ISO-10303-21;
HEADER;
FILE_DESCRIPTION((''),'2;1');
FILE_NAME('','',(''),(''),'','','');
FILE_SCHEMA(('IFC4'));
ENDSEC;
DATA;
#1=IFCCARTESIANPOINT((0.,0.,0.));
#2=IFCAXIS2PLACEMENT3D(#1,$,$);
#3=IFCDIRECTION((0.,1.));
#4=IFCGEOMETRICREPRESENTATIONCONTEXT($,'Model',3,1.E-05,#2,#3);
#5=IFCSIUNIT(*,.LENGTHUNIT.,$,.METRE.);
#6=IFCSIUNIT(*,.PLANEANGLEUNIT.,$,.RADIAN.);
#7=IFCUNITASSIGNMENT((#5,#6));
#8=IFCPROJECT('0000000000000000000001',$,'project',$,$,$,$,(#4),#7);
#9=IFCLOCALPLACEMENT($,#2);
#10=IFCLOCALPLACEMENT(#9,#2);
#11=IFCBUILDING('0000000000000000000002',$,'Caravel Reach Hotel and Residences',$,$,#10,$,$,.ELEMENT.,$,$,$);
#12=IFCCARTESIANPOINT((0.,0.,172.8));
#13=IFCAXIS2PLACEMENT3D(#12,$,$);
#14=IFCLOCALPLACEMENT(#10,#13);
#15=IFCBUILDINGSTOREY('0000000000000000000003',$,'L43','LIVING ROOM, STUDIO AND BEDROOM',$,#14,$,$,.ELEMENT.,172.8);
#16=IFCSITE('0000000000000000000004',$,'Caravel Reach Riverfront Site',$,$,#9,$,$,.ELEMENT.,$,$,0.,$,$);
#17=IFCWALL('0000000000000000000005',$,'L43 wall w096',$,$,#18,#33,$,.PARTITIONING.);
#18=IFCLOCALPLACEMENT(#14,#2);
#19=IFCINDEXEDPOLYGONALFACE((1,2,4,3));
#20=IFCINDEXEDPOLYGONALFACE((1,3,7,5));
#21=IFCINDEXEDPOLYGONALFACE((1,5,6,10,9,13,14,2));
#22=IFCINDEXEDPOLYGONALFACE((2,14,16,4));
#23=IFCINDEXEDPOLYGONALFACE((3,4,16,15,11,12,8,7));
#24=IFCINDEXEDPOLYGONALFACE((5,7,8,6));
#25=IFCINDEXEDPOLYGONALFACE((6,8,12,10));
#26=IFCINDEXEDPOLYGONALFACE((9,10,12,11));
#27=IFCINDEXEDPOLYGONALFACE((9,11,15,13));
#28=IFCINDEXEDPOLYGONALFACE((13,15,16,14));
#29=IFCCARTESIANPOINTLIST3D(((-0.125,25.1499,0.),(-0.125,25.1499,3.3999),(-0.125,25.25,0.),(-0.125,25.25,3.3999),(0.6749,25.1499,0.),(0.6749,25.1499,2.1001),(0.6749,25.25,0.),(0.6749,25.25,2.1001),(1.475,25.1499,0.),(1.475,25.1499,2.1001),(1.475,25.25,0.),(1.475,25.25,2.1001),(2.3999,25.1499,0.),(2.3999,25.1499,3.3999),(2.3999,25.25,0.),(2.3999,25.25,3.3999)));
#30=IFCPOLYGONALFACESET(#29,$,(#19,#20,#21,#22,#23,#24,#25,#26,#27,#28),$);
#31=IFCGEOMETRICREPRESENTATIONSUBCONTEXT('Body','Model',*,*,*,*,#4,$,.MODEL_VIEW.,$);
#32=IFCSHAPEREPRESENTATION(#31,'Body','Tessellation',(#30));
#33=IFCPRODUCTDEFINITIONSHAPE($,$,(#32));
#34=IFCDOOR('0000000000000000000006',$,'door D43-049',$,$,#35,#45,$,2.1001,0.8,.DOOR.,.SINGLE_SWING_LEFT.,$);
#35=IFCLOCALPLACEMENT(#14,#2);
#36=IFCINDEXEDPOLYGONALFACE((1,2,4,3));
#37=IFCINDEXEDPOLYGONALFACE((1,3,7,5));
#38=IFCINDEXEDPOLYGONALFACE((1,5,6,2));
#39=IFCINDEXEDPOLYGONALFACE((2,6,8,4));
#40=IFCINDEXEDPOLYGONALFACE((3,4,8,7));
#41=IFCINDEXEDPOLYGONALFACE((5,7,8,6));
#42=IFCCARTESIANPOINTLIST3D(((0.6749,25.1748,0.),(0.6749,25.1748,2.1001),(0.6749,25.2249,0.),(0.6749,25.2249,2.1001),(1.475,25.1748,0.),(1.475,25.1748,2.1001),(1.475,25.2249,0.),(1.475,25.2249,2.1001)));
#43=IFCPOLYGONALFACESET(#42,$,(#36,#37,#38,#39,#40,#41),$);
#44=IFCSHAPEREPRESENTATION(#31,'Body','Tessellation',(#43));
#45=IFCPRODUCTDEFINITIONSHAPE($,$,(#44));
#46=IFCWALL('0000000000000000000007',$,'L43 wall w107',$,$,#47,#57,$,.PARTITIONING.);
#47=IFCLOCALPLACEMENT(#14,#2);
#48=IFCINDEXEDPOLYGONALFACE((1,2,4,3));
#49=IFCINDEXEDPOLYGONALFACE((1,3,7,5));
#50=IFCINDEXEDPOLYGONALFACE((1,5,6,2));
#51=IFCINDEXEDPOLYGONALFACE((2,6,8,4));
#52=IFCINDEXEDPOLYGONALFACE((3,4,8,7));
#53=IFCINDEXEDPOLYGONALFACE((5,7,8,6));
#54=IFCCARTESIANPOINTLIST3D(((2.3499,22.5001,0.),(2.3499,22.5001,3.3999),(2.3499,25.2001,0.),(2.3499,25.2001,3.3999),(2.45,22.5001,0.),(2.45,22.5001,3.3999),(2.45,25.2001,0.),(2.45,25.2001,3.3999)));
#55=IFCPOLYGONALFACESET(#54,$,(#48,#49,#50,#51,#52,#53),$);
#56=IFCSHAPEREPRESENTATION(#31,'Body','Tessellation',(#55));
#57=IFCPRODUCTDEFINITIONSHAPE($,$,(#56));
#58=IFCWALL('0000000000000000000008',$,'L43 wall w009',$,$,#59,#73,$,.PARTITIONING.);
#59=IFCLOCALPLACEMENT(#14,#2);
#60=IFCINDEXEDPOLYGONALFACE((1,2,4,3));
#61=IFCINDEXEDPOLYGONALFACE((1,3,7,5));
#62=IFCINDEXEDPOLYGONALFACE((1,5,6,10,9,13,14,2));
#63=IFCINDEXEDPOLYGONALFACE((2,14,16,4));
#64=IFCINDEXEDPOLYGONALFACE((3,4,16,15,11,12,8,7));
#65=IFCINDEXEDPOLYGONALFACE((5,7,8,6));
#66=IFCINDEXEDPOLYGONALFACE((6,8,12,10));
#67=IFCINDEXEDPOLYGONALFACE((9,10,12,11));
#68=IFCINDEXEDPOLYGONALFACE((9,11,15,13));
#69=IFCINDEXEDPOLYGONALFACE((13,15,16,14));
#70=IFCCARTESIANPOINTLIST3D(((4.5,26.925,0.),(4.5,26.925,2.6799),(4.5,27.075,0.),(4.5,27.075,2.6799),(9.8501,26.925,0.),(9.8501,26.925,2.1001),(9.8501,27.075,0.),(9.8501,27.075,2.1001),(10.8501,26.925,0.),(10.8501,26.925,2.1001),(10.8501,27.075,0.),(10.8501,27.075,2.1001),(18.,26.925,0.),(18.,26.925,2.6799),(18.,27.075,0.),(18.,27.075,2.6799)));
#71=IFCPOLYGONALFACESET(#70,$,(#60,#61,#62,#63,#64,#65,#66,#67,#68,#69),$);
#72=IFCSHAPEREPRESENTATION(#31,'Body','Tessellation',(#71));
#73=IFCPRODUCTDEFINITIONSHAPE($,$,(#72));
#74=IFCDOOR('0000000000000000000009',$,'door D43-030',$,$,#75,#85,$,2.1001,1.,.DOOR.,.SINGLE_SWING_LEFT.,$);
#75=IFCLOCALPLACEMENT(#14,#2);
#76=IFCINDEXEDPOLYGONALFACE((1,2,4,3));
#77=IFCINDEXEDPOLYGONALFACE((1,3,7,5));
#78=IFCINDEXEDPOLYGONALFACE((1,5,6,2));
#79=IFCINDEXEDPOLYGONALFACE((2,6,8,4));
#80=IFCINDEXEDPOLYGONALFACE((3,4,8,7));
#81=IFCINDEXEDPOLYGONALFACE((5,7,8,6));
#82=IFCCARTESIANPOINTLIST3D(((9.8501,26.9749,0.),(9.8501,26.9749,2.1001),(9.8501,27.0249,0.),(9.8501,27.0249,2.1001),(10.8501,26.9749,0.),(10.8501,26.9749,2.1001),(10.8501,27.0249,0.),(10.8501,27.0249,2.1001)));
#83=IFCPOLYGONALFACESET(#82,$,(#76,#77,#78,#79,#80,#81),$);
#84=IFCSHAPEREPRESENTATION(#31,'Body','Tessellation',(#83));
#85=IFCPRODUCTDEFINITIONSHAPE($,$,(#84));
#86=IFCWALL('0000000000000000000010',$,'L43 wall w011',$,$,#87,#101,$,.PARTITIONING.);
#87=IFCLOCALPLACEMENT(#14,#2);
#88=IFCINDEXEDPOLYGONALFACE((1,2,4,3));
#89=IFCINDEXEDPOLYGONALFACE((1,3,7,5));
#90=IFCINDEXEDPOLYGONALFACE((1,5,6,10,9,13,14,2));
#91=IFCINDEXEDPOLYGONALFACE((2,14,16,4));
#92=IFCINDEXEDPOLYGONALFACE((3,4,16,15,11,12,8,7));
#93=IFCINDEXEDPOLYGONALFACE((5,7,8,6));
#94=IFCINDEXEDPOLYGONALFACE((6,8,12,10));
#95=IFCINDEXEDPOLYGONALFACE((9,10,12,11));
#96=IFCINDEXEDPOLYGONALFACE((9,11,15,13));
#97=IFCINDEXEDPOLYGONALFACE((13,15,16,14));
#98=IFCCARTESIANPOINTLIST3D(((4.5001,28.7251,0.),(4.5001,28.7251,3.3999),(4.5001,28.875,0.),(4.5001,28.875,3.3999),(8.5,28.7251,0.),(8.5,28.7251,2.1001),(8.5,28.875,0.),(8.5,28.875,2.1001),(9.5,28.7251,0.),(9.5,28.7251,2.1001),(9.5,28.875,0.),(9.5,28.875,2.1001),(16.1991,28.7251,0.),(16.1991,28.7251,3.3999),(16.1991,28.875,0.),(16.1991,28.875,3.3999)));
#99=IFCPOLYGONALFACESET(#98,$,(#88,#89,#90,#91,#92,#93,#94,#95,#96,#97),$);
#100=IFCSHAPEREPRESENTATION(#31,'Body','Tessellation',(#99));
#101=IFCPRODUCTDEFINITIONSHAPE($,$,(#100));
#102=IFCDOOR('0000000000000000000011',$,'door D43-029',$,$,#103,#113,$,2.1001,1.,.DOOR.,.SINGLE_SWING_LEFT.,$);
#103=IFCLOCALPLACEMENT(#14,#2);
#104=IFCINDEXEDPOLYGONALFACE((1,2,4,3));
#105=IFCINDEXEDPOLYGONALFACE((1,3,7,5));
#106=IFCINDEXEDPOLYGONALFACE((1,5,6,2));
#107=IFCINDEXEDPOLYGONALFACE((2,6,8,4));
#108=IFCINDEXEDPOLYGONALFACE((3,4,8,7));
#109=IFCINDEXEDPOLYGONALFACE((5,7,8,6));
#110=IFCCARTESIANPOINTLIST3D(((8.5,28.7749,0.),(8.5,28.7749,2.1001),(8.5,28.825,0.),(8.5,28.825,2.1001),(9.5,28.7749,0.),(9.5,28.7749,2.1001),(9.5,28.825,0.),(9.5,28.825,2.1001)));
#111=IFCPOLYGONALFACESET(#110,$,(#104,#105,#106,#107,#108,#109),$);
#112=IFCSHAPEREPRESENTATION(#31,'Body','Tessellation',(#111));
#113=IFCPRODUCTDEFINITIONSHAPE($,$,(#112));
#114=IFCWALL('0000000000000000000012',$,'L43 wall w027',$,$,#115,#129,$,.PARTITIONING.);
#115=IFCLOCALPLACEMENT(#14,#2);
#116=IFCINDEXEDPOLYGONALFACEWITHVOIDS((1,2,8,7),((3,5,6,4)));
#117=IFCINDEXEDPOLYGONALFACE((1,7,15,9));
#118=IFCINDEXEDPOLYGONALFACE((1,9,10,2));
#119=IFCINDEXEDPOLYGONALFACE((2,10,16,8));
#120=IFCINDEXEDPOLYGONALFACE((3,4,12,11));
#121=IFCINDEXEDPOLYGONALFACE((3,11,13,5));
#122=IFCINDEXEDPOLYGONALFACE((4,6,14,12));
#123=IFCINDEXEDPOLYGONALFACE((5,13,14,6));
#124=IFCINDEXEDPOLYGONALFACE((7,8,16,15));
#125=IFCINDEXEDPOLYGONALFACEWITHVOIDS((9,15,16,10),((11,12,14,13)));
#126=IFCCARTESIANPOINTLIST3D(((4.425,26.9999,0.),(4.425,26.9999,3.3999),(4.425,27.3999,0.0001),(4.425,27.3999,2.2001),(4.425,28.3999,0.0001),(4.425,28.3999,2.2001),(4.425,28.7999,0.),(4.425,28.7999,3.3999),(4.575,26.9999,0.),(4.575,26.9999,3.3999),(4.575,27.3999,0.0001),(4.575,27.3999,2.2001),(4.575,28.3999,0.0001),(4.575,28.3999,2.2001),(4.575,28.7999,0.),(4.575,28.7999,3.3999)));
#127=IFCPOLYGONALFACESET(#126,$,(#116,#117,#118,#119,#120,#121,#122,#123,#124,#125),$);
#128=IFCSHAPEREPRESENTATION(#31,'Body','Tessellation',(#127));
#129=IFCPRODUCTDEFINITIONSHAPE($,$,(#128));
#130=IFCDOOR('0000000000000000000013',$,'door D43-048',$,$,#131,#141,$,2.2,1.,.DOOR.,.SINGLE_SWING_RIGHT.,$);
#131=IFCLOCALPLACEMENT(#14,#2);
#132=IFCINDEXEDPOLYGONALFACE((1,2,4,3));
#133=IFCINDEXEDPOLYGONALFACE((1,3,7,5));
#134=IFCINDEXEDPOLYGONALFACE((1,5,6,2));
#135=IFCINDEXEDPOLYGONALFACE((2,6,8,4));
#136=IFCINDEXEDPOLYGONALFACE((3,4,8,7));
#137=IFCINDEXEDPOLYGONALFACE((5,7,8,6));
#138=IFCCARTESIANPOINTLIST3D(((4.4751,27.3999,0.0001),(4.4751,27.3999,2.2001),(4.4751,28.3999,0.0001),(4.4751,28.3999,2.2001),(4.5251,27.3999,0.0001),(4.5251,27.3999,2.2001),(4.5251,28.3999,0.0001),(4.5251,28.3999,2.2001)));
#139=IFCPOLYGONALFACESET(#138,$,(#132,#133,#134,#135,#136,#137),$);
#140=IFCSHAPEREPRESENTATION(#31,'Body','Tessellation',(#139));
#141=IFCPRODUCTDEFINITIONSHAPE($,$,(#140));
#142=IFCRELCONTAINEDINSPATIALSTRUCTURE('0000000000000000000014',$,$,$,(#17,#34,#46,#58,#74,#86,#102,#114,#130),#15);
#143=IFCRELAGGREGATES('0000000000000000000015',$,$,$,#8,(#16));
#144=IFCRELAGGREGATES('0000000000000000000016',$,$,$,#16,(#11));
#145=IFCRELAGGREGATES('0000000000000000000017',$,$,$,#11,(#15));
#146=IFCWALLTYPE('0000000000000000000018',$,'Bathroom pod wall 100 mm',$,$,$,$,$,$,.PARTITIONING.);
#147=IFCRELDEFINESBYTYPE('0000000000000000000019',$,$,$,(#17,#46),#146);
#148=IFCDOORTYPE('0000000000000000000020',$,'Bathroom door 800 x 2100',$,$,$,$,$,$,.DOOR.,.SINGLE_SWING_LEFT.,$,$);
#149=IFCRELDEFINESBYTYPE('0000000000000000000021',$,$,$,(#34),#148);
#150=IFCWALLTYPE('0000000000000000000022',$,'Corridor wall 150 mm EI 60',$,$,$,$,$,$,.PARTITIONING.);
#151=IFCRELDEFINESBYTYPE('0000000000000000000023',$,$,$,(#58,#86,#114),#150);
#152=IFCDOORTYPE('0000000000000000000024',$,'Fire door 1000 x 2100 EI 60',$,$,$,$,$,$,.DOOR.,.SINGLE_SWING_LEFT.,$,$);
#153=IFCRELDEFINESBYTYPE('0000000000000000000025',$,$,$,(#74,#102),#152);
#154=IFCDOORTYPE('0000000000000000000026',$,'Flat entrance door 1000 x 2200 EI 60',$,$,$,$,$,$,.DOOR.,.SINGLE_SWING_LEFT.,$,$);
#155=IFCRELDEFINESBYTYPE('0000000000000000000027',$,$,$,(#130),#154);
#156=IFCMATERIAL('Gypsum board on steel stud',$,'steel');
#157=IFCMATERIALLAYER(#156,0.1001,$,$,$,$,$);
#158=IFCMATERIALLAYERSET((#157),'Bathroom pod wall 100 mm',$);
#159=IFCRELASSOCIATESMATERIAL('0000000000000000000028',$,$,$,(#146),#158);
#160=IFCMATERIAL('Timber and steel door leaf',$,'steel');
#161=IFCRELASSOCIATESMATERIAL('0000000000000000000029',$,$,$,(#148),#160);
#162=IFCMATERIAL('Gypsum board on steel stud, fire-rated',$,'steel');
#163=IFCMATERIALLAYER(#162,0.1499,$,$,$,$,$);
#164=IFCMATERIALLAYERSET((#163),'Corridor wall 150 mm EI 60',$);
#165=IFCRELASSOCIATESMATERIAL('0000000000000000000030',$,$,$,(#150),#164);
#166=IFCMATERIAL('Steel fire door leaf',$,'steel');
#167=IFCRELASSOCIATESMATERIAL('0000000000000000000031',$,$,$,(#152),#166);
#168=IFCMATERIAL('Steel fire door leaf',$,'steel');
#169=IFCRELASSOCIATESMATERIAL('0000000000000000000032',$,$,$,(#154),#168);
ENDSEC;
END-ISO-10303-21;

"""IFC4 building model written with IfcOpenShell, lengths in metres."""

from ifc_helpers import new_model, si_unit, direction, frame, frame_2d, origin, place, context, subcontext, project, spatial, rectangle, extrude, material, layer, layer_set, type_object, element, fill, save


model = new_model("IFC4")

# Units and contexts
model_context = context("Model", 3, precision=1e-05, world=origin(), true_north=direction((0.0, 1.0)))
body_context = subcontext(model_context, "Body", "Model", "MODEL_VIEW")
ifc_project = project(units=[si_unit("LENGTHUNIT", "METRE"), si_unit("PLANEANGLEUNIT", "RADIAN")], contexts=[model_context])

# Site, building, storey
site_placement = place(None, origin())
site = spatial("IfcSite", under=ifc_project, at=site_placement, Name="Caravel Reach Riverfront Site", CompositionType="ELEMENT", RefElevation=0.0)
building_placement = place(site_placement, origin())
building = spatial("IfcBuilding", under=site, at=building_placement, Name="Caravel Reach Hotel and Residences", CompositionType="ELEMENT")
storey_placement = place(building_placement, frame((0.0, 0.0, 172.8)))
storey = spatial("IfcBuildingStorey", under=building, at=storey_placement, Name="L43", Description="LIVING ROOM, STUDIO AND BEDROOM", CompositionType="ELEMENT", Elevation=172.8)

# Wall, opening, door
ifc_material_1 = material(Name="Gypsum board on steel stud", Category="steel")
ifc_layer_1 = layer(ifc_material_1, 0.1001)
ifc_layer_set_1 = layer_set([ifc_layer_1], Name="Bathroom pod wall 100 mm")
wall_type_1 = type_object("IfcWallType", Name="Bathroom pod wall 100 mm", PredefinedType="PARTITIONING", material=ifc_layer_set_1)
wall_1_placement = place(storey_placement, frame((-0.125, 25.2, 0.0), z_axis=(0.0, 0.0, 1.0), x_axis=(1.0, 0.0, 0.0)))
wall_1 = element("IfcWall", 1, at=wall_1_placement, inside=storey, type_object=wall_type_1, Name="L43 wall w096", PredefinedType="PARTITIONING", context=body_context, shape_type="SweptSolid", body=[
    extrude(rectangle(XDim=2.5249, YDim=0.1001, at=frame_2d((1.2625, 0.0))), origin(), (0.0, 0.0, 1.0), 3.3999),
])
opening_1_placement = place(wall_1_placement, frame((0.8, 0.0, 0.0)))
opening_1 = element("IfcOpeningElement", 2, at=opening_1_placement, cuts=wall_1, PredefinedType="OPENING", context=body_context, shape_type="SweptSolid", body=[
    extrude(rectangle(XDim=0.8, YDim=2.1001, at=frame_2d((0.3999, 1.05))), frame((0.0, 0.0601, 0.0), z_axis=(0.0, -1.0, 0.0), x_axis=(1.0, 0.0, 0.0)), (0.0, 0.0, 1.0), 0.1201),
])
ifc_material_2 = material(Name="Timber and steel door leaf", Category="steel")
door_type_1 = type_object("IfcDoorType", Name="Bathroom door 800 x 2100", OperationType="SINGLE_SWING_LEFT", PredefinedType="DOOR", material=ifc_material_2)
door_1_placement = place(opening_1_placement, origin())
door_1 = element("IfcDoor", 3, at=door_1_placement, inside=storey, type_object=door_type_1, Name="door D43-049", OperationType="SINGLE_SWING_LEFT", OverallHeight=2.1001, OverallWidth=0.8, PredefinedType="DOOR", context=body_context, shape_type="SweptSolid", body=[
    extrude(rectangle(XDim=0.8, YDim=2.1001, at=frame_2d((0.3999, 1.05))), frame((0.0, 0.0249, 0.0), z_axis=(0.0, -1.0, 0.0), x_axis=(1.0, 0.0, 0.0)), (0.0, 0.0, 1.0), 0.05),
])
fill(opening_1, door_1)

# Wall
wall_2_placement = place(storey_placement, frame((2.3999, 22.5, 0.0), z_axis=(0.0, 0.0, 1.0), x_axis=(0.0, 1.0, 0.0)))
element("IfcWall", 4, at=wall_2_placement, inside=storey, type_object=wall_type_1, Name="L43 wall w107", PredefinedType="PARTITIONING", context=body_context, shape_type="SweptSolid", body=[
    extrude(rectangle(XDim=2.7, YDim=0.1001, at=frame_2d((1.3501, 0.0))), origin(), (0.0, 0.0, 1.0), 3.3999),
])

# Walls, openings, doors
ifc_material_3 = material(Name="Gypsum board on steel stud, fire-rated", Category="steel")
ifc_layer_2 = layer(ifc_material_3, 0.1499)
ifc_layer_set_2 = layer_set([ifc_layer_2], Name="Corridor wall 150 mm EI 60")
wall_type_2 = type_object("IfcWallType", Name="Corridor wall 150 mm EI 60", PredefinedType="PARTITIONING", material=ifc_layer_set_2)
wall_3_placement = place(storey_placement, frame((4.5, 27.0, 0.0), z_axis=(0.0, 0.0, 1.0), x_axis=(1.0, 0.0, 0.0)))
wall_3 = element("IfcWall", 5, at=wall_3_placement, inside=storey, type_object=wall_type_2, Name="L43 wall w009", PredefinedType="PARTITIONING", context=body_context, shape_type="SweptSolid", body=[
    extrude(rectangle(XDim=13.5, YDim=0.1499, at=frame_2d((6.75, 0.0))), origin(), (0.0, 0.0, 1.0), 2.6799),
])
opening_2_placement = place(wall_3_placement, frame((5.3501, 0.0, 0.0)))
opening_2 = element("IfcOpeningElement", 6, at=opening_2_placement, cuts=wall_3, PredefinedType="OPENING", context=body_context, shape_type="SweptSolid", body=[
    extrude(rectangle(XDim=1.0, YDim=2.1001, at=frame_2d((0.5, 1.05))), frame((0.0, 0.085, 0.0), z_axis=(0.0, -1.0, 0.0), x_axis=(1.0, 0.0, 0.0)), (0.0, 0.0, 1.0), 0.1699),
])
ifc_material_4 = material(Name="Steel fire door leaf", Category="steel")
door_type_2 = type_object("IfcDoorType", Name="Fire door 1000 x 2100 EI 60", OperationType="SINGLE_SWING_LEFT", PredefinedType="DOOR", material=ifc_material_4)
door_2_placement = place(opening_2_placement, origin())
door_2 = element("IfcDoor", 7, at=door_2_placement, inside=storey, type_object=door_type_2, Name="door D43-030", OperationType="SINGLE_SWING_LEFT", OverallHeight=2.1001, OverallWidth=1.0, PredefinedType="DOOR", context=body_context, shape_type="SweptSolid", body=[
    extrude(rectangle(XDim=1.0, YDim=2.1001, at=frame_2d((0.5, 1.05))), frame((0.0, 0.0249, 0.0), z_axis=(0.0, -1.0, 0.0), x_axis=(1.0, 0.0, 0.0)), (0.0, 0.0, 1.0), 0.05),
])
fill(opening_2, door_2)
wall_4_placement = place(storey_placement, frame((4.5, 28.8, 0.0), z_axis=(0.0, 0.0, 1.0), x_axis=(1.0, 0.0, 0.0)))
wall_4 = element("IfcWall", 8, at=wall_4_placement, inside=storey, type_object=wall_type_2, Name="L43 wall w011", PredefinedType="PARTITIONING", context=body_context, shape_type="SweptSolid", body=[
    extrude(rectangle(XDim=11.699, YDim=0.1499, at=frame_2d((5.8496, 0.0))), origin(), (0.0, 0.0, 1.0), 3.3999),
])
opening_3_placement = place(wall_4_placement, frame((4.0, 0.0, 0.0)))
opening_3 = element("IfcOpeningElement", 9, at=opening_3_placement, cuts=wall_4, PredefinedType="OPENING", context=body_context, shape_type="SweptSolid", body=[
    extrude(rectangle(XDim=1.0, YDim=2.1001, at=frame_2d((0.5, 1.05))), frame((0.0, 0.085, 0.0), z_axis=(0.0, -1.0, 0.0), x_axis=(1.0, 0.0, 0.0)), (0.0, 0.0, 1.0), 0.1699),
])
door_3_placement = place(opening_3_placement, origin())
door_3 = element("IfcDoor", 10, at=door_3_placement, inside=storey, type_object=door_type_2, Name="door D43-029", OperationType="SINGLE_SWING_LEFT", OverallHeight=2.1001, OverallWidth=1.0, PredefinedType="DOOR", context=body_context, shape_type="SweptSolid", body=[
    extrude(rectangle(XDim=1.0, YDim=2.1001, at=frame_2d((0.5, 1.05))), frame((0.0, 0.0249, 0.0), z_axis=(0.0, -1.0, 0.0), x_axis=(1.0, 0.0, 0.0)), (0.0, 0.0, 1.0), 0.05),
])
fill(opening_3, door_3)
wall_5_placement = place(storey_placement, frame((4.5, 27.0, 0.0), z_axis=(0.0, 0.0, 1.0), x_axis=(0.0, 1.0, 0.0)))
wall_5 = element("IfcWall", 11, at=wall_5_placement, inside=storey, type_object=wall_type_2, Name="L43 wall w027", PredefinedType="PARTITIONING", context=body_context, shape_type="SweptSolid", body=[
    extrude(rectangle(XDim=1.8, YDim=0.1499, at=frame_2d((0.8999, 0.0))), origin(), (0.0, 0.0, 1.0), 3.3999),
])
opening_4_placement = place(wall_5_placement, frame((0.3999, 0.0, 0.0)))
opening_4 = element("IfcOpeningElement", 12, at=opening_4_placement, cuts=wall_5, PredefinedType="OPENING", context=body_context, shape_type="SweptSolid", body=[
    extrude(rectangle(XDim=1.0, YDim=2.2, at=frame_2d((0.5, 1.1001))), frame((0.0, 0.085, 0.0), z_axis=(0.0, -1.0, 0.0), x_axis=(1.0, 0.0, 0.0)), (0.0, 0.0, 1.0), 0.1699),
])
ifc_material_5 = material(Name="Steel fire door leaf", Category="steel")
door_type_3 = type_object("IfcDoorType", Name="Flat entrance door 1000 x 2200 EI 60", OperationType="SINGLE_SWING_LEFT", PredefinedType="DOOR", material=ifc_material_5)
door_4_placement = place(opening_4_placement, origin())
door_4 = element("IfcDoor", 13, at=door_4_placement, inside=storey, type_object=door_type_3, Name="door D43-048", OperationType="SINGLE_SWING_RIGHT", OverallHeight=2.2, OverallWidth=1.0, PredefinedType="DOOR", context=body_context, shape_type="SweptSolid", body=[
    extrude(rectangle(XDim=1.0, YDim=2.2, at=frame_2d((0.5, 1.1001))), frame((0.0, 0.0249, 0.0), z_axis=(0.0, -1.0, 0.0), x_axis=(1.0, 0.0, 0.0)), (0.0, 0.0, 1.0), 0.05),
])
fill(opening_4, door_4)

save(model, "model.ifc")
